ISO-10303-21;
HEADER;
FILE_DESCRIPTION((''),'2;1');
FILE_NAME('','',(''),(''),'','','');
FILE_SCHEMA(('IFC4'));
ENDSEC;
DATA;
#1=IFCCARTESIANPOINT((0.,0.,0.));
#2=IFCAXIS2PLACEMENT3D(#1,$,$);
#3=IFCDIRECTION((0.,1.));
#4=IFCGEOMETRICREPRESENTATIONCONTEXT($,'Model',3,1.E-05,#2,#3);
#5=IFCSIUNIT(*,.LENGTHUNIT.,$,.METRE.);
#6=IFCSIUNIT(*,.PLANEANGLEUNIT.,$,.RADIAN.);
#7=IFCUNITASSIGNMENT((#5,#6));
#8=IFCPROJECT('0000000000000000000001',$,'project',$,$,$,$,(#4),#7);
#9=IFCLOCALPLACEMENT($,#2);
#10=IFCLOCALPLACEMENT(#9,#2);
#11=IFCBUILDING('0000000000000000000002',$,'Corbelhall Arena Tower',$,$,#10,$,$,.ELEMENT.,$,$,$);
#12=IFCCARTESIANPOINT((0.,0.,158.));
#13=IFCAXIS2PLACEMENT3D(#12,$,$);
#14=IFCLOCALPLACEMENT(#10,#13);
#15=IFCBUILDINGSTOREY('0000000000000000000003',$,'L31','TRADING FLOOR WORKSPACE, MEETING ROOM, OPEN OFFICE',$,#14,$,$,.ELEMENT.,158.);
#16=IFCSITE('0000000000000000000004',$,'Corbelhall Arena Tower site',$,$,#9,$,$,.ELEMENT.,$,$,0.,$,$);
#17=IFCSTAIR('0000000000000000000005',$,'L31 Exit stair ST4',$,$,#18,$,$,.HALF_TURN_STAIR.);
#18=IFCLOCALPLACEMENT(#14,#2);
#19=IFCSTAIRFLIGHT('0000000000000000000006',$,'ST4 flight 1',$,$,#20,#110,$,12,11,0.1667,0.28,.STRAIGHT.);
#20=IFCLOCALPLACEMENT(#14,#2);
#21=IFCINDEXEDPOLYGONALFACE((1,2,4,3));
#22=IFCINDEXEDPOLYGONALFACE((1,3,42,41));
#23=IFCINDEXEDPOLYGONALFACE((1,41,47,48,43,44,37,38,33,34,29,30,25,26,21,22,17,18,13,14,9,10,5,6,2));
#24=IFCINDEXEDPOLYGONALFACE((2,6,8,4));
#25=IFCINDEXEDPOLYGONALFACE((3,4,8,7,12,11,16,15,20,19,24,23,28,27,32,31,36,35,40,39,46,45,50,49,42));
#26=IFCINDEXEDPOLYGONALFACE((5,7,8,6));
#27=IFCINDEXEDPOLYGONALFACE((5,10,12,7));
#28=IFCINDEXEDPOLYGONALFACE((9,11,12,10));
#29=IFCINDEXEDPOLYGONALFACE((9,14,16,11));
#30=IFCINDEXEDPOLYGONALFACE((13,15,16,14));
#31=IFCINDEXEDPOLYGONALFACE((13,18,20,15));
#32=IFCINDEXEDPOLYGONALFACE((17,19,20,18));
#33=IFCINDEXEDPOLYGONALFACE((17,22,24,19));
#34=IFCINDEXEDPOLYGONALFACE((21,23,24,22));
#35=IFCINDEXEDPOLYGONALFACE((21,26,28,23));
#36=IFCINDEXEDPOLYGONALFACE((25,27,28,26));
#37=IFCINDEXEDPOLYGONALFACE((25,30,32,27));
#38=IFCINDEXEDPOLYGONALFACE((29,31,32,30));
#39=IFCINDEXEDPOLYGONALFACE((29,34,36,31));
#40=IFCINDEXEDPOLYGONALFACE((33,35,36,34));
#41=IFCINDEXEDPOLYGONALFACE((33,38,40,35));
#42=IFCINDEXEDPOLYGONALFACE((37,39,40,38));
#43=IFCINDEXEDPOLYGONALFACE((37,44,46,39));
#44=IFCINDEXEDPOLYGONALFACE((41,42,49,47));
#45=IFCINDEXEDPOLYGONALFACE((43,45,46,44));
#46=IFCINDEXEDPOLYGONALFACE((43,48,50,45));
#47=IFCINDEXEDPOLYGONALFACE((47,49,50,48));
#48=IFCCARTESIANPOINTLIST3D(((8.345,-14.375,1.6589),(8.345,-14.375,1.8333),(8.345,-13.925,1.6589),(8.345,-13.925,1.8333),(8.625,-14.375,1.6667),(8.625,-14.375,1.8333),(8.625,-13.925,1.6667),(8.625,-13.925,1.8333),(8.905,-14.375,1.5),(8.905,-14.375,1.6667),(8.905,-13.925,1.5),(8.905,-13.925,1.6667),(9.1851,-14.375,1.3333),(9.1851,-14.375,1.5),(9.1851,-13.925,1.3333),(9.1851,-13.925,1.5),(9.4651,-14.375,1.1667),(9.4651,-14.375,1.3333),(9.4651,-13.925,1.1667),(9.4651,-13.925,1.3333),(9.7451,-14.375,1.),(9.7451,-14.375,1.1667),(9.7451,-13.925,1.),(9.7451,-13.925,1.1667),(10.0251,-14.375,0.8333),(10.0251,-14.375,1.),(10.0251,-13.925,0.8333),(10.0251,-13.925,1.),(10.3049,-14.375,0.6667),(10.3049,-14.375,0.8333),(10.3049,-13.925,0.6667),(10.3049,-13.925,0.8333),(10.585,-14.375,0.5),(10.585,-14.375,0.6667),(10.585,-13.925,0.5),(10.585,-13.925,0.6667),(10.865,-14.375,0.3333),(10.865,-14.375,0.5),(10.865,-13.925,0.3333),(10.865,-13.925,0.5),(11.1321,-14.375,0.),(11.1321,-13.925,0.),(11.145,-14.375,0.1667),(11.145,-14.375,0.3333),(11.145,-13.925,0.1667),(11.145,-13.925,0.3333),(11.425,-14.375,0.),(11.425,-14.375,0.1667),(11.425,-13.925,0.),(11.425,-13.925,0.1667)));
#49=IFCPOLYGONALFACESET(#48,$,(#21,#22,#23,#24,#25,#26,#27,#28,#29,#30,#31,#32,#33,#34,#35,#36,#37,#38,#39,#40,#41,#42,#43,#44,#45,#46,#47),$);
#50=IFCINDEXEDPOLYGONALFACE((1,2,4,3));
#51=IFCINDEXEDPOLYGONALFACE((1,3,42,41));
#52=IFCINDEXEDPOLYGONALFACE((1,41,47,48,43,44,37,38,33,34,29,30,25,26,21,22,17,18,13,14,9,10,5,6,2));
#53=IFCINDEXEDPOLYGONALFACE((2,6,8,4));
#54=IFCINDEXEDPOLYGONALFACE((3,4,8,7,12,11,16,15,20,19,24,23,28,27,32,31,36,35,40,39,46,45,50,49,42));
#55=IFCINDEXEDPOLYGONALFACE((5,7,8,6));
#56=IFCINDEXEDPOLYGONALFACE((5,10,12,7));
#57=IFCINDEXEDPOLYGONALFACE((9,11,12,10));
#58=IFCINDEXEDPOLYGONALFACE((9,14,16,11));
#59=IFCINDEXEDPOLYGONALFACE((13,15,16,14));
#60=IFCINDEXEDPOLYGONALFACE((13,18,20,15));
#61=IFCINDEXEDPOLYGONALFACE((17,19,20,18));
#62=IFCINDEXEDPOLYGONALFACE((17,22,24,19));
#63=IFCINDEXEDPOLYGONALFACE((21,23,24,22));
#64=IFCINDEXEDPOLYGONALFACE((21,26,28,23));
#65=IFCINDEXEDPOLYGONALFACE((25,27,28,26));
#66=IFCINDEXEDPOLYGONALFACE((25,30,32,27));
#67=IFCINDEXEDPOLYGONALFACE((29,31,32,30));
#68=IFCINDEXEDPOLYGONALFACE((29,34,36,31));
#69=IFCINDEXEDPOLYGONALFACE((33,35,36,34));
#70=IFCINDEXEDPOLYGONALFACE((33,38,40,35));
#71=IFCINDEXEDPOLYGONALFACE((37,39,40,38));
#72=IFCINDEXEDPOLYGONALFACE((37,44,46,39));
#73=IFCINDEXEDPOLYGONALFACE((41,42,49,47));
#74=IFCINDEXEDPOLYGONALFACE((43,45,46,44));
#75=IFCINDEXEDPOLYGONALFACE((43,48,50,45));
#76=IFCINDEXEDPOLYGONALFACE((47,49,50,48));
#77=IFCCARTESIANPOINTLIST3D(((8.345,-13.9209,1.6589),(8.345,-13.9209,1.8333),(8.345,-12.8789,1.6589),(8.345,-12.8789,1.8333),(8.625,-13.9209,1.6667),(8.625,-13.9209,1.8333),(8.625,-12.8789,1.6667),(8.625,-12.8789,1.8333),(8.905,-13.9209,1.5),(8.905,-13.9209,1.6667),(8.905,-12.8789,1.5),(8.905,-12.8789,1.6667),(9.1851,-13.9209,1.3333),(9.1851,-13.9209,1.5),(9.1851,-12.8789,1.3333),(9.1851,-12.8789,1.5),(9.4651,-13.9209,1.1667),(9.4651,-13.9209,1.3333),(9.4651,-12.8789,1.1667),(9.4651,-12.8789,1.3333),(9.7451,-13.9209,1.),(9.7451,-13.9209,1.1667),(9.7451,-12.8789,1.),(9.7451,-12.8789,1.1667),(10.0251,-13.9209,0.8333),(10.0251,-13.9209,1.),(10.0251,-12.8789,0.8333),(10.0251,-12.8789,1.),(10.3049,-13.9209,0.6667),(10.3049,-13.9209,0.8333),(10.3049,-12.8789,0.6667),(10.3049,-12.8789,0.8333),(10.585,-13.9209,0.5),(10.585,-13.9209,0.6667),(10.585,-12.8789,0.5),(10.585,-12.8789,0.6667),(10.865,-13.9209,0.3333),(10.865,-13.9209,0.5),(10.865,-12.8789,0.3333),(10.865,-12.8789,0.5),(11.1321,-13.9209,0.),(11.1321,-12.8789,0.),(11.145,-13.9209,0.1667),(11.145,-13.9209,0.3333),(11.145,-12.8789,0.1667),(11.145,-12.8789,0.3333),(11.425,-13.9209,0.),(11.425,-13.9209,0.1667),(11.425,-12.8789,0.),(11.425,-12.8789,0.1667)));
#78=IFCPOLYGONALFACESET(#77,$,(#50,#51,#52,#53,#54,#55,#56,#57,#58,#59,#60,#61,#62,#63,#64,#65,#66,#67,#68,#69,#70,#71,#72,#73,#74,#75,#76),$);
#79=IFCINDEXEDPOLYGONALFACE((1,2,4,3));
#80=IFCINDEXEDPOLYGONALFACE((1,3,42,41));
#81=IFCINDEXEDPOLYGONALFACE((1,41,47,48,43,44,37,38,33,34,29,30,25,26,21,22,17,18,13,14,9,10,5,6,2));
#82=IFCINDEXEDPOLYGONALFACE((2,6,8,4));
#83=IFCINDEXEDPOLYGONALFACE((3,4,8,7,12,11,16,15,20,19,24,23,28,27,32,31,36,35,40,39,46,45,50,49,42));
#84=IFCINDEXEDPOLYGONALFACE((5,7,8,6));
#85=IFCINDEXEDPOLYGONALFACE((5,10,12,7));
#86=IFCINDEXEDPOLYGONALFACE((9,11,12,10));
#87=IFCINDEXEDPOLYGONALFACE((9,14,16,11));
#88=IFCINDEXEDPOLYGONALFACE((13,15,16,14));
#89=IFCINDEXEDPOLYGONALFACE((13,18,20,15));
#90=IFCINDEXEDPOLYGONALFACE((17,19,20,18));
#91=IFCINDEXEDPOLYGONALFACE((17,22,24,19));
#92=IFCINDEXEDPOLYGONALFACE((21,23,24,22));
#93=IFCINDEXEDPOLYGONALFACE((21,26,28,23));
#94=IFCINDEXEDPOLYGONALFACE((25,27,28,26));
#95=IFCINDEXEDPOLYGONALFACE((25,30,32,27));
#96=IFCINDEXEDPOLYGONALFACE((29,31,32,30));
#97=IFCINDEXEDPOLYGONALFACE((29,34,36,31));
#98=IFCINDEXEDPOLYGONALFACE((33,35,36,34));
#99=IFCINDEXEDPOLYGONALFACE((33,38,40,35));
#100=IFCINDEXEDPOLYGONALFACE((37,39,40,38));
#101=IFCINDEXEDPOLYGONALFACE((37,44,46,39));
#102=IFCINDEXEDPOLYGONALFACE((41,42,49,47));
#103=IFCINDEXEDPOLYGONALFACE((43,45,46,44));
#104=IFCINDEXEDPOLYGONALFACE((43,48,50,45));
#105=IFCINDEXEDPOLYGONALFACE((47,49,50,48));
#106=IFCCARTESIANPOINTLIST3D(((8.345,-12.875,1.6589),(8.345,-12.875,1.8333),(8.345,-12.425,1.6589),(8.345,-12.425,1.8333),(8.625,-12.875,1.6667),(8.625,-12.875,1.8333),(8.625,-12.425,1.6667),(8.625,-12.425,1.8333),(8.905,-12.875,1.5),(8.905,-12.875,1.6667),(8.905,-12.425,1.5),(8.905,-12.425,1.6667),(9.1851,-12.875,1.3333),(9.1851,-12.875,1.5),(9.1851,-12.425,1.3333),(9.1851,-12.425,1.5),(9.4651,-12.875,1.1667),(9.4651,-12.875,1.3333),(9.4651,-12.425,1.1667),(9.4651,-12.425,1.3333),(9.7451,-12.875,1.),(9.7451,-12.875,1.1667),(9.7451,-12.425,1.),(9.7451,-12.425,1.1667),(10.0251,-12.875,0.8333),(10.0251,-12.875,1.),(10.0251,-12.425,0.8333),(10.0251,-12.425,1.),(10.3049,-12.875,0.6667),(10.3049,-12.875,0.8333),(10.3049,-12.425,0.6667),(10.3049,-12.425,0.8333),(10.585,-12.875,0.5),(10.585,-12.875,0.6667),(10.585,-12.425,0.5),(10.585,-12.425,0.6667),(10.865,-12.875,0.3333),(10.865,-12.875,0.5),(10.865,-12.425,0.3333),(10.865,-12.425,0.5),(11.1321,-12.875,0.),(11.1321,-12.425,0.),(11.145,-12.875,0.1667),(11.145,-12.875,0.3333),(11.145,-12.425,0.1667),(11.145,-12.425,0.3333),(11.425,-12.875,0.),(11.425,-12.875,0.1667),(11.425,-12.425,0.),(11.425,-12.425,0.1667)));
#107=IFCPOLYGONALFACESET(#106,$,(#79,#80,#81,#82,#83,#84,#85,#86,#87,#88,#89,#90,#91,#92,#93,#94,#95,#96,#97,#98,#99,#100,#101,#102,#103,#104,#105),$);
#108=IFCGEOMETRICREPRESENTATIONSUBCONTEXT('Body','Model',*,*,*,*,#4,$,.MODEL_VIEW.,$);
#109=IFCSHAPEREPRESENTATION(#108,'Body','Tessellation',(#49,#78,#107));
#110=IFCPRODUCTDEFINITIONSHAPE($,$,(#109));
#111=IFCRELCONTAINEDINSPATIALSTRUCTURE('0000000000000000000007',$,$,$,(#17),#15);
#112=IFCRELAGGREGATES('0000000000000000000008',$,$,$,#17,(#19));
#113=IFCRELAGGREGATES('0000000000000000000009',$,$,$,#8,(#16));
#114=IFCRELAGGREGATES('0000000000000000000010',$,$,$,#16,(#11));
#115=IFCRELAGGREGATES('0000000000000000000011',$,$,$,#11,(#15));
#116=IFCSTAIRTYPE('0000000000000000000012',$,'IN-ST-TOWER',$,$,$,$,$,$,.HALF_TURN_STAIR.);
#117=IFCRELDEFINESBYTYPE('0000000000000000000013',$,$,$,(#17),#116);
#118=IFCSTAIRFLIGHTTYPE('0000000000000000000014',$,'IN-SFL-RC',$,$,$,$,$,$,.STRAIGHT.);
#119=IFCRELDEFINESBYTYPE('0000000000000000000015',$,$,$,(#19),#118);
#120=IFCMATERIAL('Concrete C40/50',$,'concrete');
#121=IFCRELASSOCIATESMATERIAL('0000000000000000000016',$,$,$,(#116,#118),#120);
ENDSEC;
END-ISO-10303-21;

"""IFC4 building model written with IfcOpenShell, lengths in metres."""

from ifc_helpers import new_model, si_unit, direction, frame, origin, place, context, subcontext, project, spatial, polyline, outline, extrude, material, type_object, element, aggregate, save


model = new_model("IFC4")

# Units and contexts
model_context = context("Model", 3, precision=1e-05, world=origin(), true_north=direction((0.0, 1.0)))
body_context = subcontext(model_context, "Body", "Model", "MODEL_VIEW")
ifc_project = project(units=[si_unit("LENGTHUNIT", "METRE"), si_unit("PLANEANGLEUNIT", "RADIAN")], contexts=[model_context])

# Site, building, storey
site_placement = place(None, origin())
site = spatial("IfcSite", under=ifc_project, at=site_placement, Name="Corbelhall Arena Tower site", CompositionType="ELEMENT", RefElevation=0.0)
building_placement = place(site_placement, origin())
building = spatial("IfcBuilding", under=site, at=building_placement, Name="Corbelhall Arena Tower", CompositionType="ELEMENT")
storey_placement = place(building_placement, frame((0.0, 0.0, 158.0)))
storey = spatial("IfcBuildingStorey", under=building, at=storey_placement, Name="L31", Description="TRADING FLOOR WORKSPACE, MEETING ROOM, OPEN OFFICE", CompositionType="ELEMENT", Elevation=158.0)

# Shared definitions
ifc_material_1 = material(Name="Concrete C40/50", Category="concrete")

# Stair, stair flight
stair_type = type_object("IfcStairType", Name="IN-ST-TOWER", PredefinedType="HALF_TURN_STAIR", material=ifc_material_1)
stair_placement = place(storey_placement, origin())
stair = element("IfcStair", 1, at=stair_placement, inside=storey, type_object=stair_type, Name="L31 Exit stair ST4", PredefinedType="HALF_TURN_STAIR")
stair_flight_type = type_object("IfcStairFlightType", Name="IN-SFL-RC", PredefinedType="STRAIGHT", material=ifc_material_1)
stair_flight_placement = place(storey_placement, frame((11.425, -13.3999, 0.0), z_axis=(0.0, 0.0, 1.0), x_axis=(-1.0, 0.0, 0.0)))
stair_flight = element("IfcStairFlight", 2, at=stair_flight_placement, type_object=stair_flight_type, Name="ST4 flight 1", NumberOfRisers=12, NumberOfTreads=11, PredefinedType="STRAIGHT", RiserHeight=0.1667, TreadLength=0.28, context=body_context, shape_type="SweptSolid", body=[
    extrude(outline(polyline([(0.0, 0.0), (0.0, 0.1667), (0.28, 0.1667), (0.28, 0.3333), (0.5601, 0.3333), (0.5601, 0.5), (0.8401, 0.5), (0.8401, 0.6667), (1.1201, 0.6667), (1.1201, 0.8333), (1.3999, 0.8333), (1.3999, 1.0), (1.6799, 1.0), (1.6799, 1.1667), (1.96, 1.1667), (1.96, 1.3333), (2.24, 1.3333), (2.24, 1.5), (2.52, 1.5), (2.52, 1.6667), (2.8, 1.6667), (2.8, 1.8333), (3.0801, 1.8333), (3.0801, 2.0), (3.0801, 1.6589), (0.293, 0.0), (0.0, 0.0)])), frame((0.0, 0.9751, 0.0), z_axis=(0.0, -1.0, 0.0), x_axis=(1.0, 0.0, 0.0)), (0.0, 0.0, 1.0), 0.45),
    extrude(outline(polyline([(0.0, 0.0), (0.0, 0.1667), (0.28, 0.1667), (0.28, 0.3333), (0.5601, 0.3333), (0.5601, 0.5), (0.8401, 0.5), (0.8401, 0.6667), (1.1201, 0.6667), (1.1201, 0.8333), (1.3999, 0.8333), (1.3999, 1.0), (1.6799, 1.0), (1.6799, 1.1667), (1.96, 1.1667), (1.96, 1.3333), (2.24, 1.3333), (2.24, 1.5), (2.52, 1.5), (2.52, 1.6667), (2.8, 1.6667), (2.8, 1.8333), (3.0801, 1.8333), (3.0801, 2.0), (3.0801, 1.6589), (0.293, 0.0), (0.0, 0.0)])), frame((0.0, 0.521, 0.0), z_axis=(0.0, -1.0, 0.0), x_axis=(1.0, 0.0, 0.0)), (0.0, 0.0, 1.0), 1.042),
    extrude(outline(polyline([(0.0, 0.0), (0.0, 0.1667), (0.28, 0.1667), (0.28, 0.3333), (0.5601, 0.3333), (0.5601, 0.5), (0.8401, 0.5), (0.8401, 0.6667), (1.1201, 0.6667), (1.1201, 0.8333), (1.3999, 0.8333), (1.3999, 1.0), (1.6799, 1.0), (1.6799, 1.1667), (1.96, 1.1667), (1.96, 1.3333), (2.24, 1.3333), (2.24, 1.5), (2.52, 1.5), (2.52, 1.6667), (2.8, 1.6667), (2.8, 1.8333), (3.0801, 1.8333), (3.0801, 2.0), (3.0801, 1.6589), (0.293, 0.0), (0.0, 0.0)])), frame((0.0, -0.5249, 0.0), z_axis=(0.0, -1.0, 0.0), x_axis=(1.0, 0.0, 0.0)), (0.0, 0.0, 1.0), 0.45),
])
aggregate(stair, [stair_flight])

save(model, "model.ifc")
